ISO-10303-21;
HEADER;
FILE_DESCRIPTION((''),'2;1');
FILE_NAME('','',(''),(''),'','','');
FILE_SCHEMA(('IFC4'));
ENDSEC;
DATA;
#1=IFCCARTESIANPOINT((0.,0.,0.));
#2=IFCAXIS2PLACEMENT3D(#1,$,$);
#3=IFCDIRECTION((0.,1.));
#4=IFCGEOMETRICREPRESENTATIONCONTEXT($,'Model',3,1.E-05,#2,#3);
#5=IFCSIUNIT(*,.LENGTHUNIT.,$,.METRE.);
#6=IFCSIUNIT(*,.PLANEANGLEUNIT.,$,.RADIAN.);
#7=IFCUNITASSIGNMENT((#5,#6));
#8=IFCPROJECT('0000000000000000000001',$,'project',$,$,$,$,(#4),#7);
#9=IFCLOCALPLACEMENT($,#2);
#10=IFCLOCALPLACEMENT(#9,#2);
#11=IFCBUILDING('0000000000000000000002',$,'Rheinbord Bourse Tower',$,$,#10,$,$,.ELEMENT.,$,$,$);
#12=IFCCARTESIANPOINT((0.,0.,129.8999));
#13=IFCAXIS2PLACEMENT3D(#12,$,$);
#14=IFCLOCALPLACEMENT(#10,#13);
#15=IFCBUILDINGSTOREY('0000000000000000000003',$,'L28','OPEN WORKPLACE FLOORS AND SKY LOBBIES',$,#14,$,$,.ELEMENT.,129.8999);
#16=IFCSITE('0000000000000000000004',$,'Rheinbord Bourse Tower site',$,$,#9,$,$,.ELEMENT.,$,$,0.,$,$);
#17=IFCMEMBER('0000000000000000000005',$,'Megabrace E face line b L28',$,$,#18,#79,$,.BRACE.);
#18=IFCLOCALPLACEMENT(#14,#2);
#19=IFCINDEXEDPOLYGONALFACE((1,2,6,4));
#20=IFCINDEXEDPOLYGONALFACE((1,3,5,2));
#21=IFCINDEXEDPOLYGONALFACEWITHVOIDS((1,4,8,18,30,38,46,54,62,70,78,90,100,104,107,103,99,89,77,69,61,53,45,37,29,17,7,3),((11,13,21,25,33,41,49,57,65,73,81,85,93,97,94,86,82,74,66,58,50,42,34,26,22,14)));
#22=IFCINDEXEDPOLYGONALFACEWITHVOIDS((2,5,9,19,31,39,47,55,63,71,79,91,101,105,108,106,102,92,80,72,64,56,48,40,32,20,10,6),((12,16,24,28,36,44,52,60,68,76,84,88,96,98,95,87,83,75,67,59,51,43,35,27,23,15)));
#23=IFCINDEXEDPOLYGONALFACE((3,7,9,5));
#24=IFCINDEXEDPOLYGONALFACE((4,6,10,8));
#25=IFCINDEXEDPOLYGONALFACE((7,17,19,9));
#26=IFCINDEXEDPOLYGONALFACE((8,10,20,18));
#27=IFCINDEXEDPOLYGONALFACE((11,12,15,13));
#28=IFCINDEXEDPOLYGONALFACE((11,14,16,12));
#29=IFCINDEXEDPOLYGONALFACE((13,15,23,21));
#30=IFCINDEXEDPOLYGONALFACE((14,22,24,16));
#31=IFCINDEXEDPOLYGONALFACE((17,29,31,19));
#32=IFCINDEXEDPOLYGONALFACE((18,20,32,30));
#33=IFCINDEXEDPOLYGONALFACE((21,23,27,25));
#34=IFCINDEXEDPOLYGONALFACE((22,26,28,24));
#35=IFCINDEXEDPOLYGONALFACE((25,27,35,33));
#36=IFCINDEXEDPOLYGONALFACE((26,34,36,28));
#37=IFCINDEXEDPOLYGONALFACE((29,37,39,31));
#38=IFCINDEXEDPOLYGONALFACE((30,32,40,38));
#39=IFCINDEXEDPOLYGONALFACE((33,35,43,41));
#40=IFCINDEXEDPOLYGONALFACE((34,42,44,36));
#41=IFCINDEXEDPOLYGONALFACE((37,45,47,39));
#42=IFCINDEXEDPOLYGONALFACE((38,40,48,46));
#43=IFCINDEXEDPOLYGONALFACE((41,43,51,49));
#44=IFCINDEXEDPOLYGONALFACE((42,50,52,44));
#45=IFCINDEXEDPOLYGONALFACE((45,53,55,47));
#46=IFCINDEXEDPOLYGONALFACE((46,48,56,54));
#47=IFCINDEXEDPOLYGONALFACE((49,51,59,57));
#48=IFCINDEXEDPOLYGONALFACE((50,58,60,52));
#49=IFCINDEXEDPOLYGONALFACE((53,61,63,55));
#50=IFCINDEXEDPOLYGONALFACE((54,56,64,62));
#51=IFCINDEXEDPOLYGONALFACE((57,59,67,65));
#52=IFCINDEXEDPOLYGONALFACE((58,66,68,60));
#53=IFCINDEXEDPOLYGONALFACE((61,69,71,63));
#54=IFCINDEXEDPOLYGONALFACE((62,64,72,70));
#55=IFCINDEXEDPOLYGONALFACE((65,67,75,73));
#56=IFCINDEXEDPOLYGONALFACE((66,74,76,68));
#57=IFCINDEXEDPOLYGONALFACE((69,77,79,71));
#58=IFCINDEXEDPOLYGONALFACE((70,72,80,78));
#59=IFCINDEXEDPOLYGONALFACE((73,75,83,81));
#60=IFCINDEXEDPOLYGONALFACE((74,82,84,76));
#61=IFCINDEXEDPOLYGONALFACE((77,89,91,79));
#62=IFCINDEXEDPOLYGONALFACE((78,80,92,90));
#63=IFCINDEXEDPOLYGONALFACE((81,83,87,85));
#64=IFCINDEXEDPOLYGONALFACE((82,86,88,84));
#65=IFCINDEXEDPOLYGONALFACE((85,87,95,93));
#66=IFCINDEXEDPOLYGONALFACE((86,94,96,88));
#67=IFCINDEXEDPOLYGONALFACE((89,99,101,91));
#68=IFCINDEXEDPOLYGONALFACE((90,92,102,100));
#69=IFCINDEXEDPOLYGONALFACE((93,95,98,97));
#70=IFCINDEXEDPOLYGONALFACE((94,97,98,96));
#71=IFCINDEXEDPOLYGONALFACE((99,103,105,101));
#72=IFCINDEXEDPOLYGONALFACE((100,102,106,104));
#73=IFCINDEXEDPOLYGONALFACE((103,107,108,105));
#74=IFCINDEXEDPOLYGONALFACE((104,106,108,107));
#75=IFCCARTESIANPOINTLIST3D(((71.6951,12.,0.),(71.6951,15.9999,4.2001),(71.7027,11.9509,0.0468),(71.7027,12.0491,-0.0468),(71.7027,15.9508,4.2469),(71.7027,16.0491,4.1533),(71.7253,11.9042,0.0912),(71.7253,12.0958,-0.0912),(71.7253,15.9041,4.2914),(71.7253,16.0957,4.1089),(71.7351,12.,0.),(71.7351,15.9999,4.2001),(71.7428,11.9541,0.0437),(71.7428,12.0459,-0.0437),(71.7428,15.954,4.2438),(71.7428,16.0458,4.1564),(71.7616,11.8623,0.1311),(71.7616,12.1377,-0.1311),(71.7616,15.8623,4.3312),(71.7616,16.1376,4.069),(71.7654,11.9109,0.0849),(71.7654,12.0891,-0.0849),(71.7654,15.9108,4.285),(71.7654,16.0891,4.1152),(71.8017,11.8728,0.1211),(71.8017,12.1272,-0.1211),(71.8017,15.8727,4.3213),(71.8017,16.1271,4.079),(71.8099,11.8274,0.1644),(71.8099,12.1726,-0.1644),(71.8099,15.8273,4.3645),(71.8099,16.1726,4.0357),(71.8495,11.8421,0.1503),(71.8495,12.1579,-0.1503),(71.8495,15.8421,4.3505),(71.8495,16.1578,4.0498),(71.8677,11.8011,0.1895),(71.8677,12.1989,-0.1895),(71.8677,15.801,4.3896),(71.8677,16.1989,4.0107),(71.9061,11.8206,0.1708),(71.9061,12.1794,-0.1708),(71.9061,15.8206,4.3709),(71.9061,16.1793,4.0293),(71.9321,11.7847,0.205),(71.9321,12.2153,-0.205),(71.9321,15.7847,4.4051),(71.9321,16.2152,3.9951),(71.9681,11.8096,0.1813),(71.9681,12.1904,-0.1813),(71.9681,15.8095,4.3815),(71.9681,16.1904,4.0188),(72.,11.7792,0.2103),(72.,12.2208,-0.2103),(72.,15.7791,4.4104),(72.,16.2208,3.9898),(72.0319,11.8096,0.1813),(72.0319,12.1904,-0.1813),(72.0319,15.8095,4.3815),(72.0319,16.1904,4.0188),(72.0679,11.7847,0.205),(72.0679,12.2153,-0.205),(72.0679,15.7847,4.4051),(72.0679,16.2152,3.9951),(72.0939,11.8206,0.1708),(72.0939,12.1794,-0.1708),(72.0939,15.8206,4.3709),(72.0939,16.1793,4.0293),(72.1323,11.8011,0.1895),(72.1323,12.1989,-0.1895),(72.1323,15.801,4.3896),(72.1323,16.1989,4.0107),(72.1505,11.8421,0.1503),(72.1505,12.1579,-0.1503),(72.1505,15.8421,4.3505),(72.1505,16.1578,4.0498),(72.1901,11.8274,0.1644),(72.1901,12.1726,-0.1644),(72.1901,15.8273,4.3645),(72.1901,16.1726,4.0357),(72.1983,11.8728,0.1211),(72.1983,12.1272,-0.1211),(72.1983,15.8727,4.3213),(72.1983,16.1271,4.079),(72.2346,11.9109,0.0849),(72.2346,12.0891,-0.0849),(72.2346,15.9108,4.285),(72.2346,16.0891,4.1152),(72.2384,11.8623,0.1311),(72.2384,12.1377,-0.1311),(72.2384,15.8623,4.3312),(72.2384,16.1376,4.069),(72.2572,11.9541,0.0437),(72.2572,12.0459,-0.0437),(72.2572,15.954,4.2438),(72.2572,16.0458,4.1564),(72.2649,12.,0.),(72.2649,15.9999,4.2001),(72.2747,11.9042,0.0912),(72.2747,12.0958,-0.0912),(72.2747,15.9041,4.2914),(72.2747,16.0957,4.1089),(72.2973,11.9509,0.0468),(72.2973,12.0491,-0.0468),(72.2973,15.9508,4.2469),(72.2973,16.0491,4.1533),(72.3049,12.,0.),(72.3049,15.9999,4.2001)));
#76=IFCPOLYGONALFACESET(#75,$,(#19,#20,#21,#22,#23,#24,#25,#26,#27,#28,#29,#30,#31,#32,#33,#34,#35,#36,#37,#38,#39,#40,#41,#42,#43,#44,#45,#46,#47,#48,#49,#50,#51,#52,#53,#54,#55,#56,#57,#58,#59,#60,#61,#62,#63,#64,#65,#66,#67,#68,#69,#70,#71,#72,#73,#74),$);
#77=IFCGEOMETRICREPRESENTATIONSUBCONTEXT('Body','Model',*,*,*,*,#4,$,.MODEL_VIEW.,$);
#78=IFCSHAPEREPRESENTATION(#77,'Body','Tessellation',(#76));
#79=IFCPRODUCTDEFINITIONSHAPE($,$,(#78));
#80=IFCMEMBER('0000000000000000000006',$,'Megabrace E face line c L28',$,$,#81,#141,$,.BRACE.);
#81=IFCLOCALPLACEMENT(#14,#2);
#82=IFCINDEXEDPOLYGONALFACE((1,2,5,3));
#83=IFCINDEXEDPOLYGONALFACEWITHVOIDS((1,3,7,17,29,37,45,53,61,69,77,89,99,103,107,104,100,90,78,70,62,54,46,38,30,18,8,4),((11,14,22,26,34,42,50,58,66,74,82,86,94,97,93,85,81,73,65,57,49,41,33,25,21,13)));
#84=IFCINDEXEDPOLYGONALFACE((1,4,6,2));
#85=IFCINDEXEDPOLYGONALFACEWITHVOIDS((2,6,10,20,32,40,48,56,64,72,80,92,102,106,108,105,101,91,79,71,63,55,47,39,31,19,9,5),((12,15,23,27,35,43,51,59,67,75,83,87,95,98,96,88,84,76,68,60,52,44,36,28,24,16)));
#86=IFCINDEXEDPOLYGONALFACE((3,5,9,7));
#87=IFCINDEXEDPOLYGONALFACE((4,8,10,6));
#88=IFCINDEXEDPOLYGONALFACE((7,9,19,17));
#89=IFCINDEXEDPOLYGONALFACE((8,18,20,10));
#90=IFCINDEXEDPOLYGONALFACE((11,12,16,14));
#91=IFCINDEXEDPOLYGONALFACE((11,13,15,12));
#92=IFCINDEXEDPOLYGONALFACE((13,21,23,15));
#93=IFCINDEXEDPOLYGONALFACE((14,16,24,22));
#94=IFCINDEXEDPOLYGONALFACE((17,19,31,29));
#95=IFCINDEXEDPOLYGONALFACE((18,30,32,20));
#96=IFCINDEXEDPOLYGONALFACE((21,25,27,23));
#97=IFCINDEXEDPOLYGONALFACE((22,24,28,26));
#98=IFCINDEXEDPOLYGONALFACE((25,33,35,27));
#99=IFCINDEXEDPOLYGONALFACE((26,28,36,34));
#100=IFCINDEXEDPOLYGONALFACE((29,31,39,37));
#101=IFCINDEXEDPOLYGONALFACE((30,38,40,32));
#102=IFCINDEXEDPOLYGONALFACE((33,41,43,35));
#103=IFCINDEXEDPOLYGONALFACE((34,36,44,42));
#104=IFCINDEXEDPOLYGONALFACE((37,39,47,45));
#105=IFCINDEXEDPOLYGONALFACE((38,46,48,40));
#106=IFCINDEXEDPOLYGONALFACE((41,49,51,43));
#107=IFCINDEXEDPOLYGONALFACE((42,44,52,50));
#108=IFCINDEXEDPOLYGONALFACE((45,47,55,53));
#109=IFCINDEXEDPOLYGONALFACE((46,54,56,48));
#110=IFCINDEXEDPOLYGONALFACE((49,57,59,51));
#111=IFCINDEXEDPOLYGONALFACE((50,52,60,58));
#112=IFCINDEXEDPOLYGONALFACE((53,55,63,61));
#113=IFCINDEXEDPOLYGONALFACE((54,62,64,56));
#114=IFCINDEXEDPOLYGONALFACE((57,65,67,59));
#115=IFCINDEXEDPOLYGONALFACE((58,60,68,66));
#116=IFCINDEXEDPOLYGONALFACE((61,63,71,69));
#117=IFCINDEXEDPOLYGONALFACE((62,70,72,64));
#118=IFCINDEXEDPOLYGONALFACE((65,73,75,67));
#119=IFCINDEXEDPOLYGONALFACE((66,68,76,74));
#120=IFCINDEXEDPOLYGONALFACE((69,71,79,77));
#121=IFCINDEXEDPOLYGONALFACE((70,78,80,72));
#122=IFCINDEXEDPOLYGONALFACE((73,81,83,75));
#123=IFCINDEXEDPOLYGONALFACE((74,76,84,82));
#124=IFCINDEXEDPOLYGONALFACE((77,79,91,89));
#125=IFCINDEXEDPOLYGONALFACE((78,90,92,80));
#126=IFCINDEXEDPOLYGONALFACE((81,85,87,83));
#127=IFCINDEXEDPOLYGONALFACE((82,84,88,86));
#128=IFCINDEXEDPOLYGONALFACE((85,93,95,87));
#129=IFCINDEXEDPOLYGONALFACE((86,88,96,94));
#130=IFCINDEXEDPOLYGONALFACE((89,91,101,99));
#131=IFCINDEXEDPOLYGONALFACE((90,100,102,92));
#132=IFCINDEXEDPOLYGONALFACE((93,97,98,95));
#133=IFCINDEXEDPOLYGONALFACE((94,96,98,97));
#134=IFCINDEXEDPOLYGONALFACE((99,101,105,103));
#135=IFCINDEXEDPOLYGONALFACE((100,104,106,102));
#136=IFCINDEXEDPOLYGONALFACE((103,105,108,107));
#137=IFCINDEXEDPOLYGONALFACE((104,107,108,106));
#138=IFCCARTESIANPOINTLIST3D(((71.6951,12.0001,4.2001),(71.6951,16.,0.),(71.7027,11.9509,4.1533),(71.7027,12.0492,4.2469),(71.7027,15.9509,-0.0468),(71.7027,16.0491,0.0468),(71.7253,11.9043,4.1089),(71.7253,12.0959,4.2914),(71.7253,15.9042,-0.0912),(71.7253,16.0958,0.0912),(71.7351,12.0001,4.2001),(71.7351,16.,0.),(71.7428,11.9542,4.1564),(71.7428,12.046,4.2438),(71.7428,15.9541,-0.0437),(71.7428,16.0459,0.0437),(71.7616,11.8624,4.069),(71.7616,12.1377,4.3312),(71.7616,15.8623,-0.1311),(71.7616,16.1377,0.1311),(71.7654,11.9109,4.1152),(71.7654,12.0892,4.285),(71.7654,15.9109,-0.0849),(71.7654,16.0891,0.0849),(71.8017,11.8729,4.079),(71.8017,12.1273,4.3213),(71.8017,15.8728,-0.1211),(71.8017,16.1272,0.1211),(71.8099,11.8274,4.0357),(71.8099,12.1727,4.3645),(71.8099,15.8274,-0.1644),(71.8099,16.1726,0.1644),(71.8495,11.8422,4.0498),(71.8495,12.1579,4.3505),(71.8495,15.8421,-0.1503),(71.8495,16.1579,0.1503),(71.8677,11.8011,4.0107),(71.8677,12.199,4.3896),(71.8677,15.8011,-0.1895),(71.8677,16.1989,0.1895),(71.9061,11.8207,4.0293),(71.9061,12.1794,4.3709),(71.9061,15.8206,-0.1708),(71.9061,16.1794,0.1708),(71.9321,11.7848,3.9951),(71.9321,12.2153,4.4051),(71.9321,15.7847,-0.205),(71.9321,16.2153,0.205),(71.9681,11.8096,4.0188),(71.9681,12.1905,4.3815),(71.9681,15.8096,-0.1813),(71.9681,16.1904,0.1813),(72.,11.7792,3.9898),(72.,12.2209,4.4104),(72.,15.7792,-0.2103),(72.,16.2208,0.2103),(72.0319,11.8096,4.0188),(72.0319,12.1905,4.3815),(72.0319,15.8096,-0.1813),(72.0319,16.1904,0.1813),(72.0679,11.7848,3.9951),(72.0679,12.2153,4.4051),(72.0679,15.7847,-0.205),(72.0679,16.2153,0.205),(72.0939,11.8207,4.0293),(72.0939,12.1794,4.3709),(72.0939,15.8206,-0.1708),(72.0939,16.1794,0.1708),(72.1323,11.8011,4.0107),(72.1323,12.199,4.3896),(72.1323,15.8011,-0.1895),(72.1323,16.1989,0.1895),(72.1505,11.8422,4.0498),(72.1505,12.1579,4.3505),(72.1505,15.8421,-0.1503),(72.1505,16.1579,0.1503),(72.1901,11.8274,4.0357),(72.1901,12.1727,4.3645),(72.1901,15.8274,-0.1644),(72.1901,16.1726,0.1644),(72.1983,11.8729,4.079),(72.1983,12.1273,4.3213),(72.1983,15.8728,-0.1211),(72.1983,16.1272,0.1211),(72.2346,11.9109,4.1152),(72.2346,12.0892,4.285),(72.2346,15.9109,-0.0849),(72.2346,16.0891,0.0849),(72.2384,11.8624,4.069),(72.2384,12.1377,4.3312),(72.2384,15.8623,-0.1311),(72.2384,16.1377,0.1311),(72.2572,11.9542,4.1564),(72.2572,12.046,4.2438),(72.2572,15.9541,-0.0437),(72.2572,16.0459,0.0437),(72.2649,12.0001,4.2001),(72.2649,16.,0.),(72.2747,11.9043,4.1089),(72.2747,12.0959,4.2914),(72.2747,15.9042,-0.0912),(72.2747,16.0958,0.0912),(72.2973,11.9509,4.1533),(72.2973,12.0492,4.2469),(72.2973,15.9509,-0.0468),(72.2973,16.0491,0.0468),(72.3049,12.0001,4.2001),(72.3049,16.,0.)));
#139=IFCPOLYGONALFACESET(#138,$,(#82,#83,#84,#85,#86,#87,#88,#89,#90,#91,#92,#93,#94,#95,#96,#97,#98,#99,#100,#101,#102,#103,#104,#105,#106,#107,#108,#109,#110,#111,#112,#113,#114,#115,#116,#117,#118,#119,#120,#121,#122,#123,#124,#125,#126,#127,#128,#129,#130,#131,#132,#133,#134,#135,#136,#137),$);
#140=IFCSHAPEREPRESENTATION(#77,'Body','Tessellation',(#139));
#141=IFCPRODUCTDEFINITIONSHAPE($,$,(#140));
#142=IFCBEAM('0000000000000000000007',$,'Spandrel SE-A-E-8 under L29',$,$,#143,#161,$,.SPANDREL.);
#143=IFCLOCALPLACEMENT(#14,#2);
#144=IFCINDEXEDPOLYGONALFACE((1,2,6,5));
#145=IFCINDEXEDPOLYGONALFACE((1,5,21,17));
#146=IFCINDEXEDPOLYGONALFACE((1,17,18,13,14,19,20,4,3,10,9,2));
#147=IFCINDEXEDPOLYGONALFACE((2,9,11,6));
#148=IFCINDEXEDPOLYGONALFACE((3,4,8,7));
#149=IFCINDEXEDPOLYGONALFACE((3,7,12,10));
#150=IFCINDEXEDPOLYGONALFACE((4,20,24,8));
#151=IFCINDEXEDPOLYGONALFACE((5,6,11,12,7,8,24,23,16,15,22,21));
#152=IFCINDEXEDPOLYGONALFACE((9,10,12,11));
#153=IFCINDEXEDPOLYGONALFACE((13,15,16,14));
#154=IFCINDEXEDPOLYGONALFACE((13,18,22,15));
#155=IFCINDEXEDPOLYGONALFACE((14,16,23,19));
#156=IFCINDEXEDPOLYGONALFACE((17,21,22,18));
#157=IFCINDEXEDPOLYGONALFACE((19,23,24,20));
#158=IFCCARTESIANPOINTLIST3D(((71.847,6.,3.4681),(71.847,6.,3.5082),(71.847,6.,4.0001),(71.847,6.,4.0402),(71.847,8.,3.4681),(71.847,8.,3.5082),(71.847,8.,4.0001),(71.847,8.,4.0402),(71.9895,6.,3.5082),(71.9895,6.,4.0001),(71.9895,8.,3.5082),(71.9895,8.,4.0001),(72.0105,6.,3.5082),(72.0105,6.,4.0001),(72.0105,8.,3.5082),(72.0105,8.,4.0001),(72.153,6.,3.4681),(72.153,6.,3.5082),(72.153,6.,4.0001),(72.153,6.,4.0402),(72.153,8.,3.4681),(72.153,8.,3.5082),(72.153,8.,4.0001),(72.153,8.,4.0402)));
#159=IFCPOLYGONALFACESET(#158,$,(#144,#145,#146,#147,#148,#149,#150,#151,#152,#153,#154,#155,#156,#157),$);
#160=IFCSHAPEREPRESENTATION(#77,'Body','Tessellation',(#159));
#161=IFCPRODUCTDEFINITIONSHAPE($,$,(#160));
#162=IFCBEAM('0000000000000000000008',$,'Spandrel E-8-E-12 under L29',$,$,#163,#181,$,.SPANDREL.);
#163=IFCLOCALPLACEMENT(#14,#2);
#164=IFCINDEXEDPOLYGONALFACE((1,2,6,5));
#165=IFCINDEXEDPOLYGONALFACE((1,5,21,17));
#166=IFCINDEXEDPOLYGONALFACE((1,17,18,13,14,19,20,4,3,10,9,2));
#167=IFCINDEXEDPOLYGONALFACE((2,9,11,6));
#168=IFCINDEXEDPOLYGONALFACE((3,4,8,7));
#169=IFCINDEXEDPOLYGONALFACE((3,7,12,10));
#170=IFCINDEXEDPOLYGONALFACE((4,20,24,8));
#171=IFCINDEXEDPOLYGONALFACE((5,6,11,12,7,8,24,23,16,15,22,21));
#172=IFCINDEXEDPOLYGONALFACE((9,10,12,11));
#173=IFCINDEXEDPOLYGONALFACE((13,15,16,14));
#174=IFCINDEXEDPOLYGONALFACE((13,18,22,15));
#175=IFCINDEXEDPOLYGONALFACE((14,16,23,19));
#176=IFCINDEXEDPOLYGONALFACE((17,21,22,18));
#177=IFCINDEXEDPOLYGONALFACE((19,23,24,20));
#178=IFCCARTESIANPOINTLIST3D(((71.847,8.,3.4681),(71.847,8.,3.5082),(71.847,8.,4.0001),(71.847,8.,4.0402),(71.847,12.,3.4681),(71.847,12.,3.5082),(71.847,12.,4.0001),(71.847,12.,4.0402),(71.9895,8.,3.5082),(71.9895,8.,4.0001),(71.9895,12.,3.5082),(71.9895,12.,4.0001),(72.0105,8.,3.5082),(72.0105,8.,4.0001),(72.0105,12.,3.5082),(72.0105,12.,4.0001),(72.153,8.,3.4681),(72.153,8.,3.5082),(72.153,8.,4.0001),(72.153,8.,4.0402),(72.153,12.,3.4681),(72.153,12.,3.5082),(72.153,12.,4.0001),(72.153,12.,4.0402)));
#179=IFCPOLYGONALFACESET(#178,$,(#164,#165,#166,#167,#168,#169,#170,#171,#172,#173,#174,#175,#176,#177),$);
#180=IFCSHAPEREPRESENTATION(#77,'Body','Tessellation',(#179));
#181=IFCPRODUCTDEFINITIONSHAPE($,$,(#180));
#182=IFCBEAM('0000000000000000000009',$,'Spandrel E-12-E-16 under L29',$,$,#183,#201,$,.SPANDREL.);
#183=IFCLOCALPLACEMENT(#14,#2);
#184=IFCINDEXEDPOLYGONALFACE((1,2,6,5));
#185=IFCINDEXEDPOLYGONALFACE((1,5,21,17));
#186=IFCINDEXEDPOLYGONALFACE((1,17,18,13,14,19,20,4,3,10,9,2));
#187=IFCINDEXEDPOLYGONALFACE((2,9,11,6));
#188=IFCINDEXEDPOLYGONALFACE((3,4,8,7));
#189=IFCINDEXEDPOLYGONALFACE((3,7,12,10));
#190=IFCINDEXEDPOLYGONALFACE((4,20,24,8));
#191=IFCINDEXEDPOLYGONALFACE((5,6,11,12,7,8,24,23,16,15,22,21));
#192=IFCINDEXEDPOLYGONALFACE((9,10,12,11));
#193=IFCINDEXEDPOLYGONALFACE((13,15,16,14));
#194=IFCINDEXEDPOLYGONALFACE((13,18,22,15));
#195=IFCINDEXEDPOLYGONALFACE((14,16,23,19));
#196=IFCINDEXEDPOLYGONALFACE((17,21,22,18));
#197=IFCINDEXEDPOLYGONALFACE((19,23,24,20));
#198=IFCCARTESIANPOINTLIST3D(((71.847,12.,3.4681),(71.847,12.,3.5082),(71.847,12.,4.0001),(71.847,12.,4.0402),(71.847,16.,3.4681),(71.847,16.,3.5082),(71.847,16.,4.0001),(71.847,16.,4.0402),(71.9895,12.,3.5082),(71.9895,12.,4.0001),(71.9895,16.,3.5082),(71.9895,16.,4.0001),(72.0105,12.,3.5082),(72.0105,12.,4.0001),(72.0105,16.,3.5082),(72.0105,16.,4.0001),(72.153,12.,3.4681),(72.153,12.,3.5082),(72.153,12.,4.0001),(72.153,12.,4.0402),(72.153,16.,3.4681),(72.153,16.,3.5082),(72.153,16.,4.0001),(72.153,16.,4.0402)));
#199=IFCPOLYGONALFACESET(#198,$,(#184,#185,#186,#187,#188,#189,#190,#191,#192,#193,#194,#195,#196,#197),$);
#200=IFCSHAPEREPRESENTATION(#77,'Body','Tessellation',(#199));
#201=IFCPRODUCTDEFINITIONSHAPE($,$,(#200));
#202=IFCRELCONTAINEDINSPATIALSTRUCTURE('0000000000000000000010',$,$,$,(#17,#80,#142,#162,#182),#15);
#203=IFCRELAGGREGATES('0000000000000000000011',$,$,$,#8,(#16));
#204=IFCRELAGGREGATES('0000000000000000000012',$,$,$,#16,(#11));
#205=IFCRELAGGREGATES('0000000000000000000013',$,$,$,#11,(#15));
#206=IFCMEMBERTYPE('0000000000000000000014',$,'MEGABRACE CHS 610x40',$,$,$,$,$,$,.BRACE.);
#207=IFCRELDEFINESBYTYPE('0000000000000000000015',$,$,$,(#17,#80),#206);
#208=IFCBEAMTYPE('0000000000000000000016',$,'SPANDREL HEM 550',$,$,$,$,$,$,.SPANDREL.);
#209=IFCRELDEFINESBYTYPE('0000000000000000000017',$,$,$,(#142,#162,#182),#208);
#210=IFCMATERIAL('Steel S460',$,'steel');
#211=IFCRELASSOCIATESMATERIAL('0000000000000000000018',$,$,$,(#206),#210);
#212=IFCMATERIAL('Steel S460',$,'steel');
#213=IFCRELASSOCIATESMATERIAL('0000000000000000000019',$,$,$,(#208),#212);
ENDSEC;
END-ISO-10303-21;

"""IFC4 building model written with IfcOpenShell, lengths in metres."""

from ifc_helpers import new_model, si_unit, direction, frame, origin, origin_2d, place, context, subcontext, project, spatial, hollow_circle, i_section, extrude, material, material_profile, profile_set, type_object, element, save


model = new_model("IFC4")

# Units and contexts
model_context = context("Model", 3, precision=1e-05, world=origin(), true_north=direction((0.0, 1.0)))
body_context = subcontext(model_context, "Body", "Model", "MODEL_VIEW")
ifc_project = project(units=[si_unit("LENGTHUNIT", "METRE"), si_unit("PLANEANGLEUNIT", "RADIAN")], contexts=[model_context])

# Site, building, storey
site_placement = place(None, origin())
site = spatial("IfcSite", under=ifc_project, at=site_placement, Name="Rheinbord Bourse Tower site", CompositionType="ELEMENT", RefElevation=0.0)
building_placement = place(site_placement, origin())
building = spatial("IfcBuilding", under=site, at=building_placement, Name="Rheinbord Bourse Tower", CompositionType="ELEMENT")
storey_placement = place(building_placement, frame((0.0, 0.0, 129.8999)))
storey = spatial("IfcBuildingStorey", under=building, at=storey_placement, Name="L28", Description="OPEN WORKPLACE FLOORS AND SKY LOBBIES", CompositionType="ELEMENT", Elevation=129.8999)

# Members
ifc_material_1 = material(Name="Steel S460", Category="steel")
ifc_material_profile_1 = material_profile(ifc_material_1, hollow_circle(Radius=0.3049, WallThickness=0.04, at=origin_2d()), Name="CHS 610x40")
ifc_profile_set_1 = profile_set([ifc_material_profile_1], Name="Steel S460")
member_type_1 = type_object("IfcMemberType", Name="MEGABRACE CHS 610x40", PredefinedType="BRACE", material=ifc_profile_set_1)
for number, where, z_axis, x_axis, name in (
    (1, (72.0, 12.0, 0.0), (0.0, 0.689638, 0.724154), (-1.0, 0.0, 0.0), "Megabrace E face line b L28"),
    (2, (72.0, 16.0, 0.0), (0.0, -0.689638, 0.724154), (1.0, 0.0, 0.0), "Megabrace E face line c L28"),
):
    element("IfcMember", number, at=place(storey_placement, frame(where, z_axis=z_axis, x_axis=x_axis)), inside=storey, type_object=member_type_1, Name=name, PredefinedType="BRACE", context=body_context, shape_type="SweptSolid", body=[
        extrude(hollow_circle(Radius=0.3049, WallThickness=0.04, at=origin_2d()), origin(), (0.0, 0.0, 1.0), 5.8),
    ])

# Beams
ifc_material_2 = material(Name="Steel S460", Category="steel")
ifc_material_profile_2 = material_profile(ifc_material_2, i_section(OverallWidth=0.3059, OverallDepth=0.572, WebThickness=0.021, FlangeThickness=0.04, at=origin_2d()), Name="HEM 550")
ifc_profile_set_2 = profile_set([ifc_material_profile_2], Name="Steel S460")
beam_type_1 = type_object("IfcBeamType", Name="SPANDREL HEM 550", PredefinedType="SPANDREL", material=ifc_profile_set_2)
beam_placement = place(storey_placement, frame((72.0, 6.0, 3.7542), z_axis=(0.0, 1.0, 0.0), x_axis=(-1.0, 0.0, 0.0)))
element("IfcBeam", 3, at=beam_placement, inside=storey, type_object=beam_type_1, Name="Spandrel SE-A-E-8 under L29", PredefinedType="SPANDREL", context=body_context, shape_type="SweptSolid", body=[
    extrude(i_section(OverallWidth=0.3059, OverallDepth=0.572, WebThickness=0.021, FlangeThickness=0.04, at=origin_2d()), origin(), (0.0, 0.0, 1.0), 2.0),
])
for number, where, z_axis, x_axis, name in (
    (4, (72.0, 8.0, 3.7542), (0.0, 1.0, 0.0), (-1.0, 0.0, 0.0), "Spandrel E-8-E-12 under L29"),
    (5, (72.0, 12.0, 3.7542), (0.0, 1.0, 0.0), (-1.0, 0.0, 0.0), "Spandrel E-12-E-16 under L29"),
):
    element("IfcBeam", number, at=place(storey_placement, frame(where, z_axis=z_axis, x_axis=x_axis)), inside=storey, type_object=beam_type_1, Name=name, PredefinedType="SPANDREL", context=body_context, shape_type="SweptSolid", body=[
        extrude(i_section(OverallWidth=0.3059, OverallDepth=0.572, WebThickness=0.021, FlangeThickness=0.04, at=origin_2d()), origin(), (0.0, 0.0, 1.0), 4.0),
    ])

save(model, "model.ifc")
